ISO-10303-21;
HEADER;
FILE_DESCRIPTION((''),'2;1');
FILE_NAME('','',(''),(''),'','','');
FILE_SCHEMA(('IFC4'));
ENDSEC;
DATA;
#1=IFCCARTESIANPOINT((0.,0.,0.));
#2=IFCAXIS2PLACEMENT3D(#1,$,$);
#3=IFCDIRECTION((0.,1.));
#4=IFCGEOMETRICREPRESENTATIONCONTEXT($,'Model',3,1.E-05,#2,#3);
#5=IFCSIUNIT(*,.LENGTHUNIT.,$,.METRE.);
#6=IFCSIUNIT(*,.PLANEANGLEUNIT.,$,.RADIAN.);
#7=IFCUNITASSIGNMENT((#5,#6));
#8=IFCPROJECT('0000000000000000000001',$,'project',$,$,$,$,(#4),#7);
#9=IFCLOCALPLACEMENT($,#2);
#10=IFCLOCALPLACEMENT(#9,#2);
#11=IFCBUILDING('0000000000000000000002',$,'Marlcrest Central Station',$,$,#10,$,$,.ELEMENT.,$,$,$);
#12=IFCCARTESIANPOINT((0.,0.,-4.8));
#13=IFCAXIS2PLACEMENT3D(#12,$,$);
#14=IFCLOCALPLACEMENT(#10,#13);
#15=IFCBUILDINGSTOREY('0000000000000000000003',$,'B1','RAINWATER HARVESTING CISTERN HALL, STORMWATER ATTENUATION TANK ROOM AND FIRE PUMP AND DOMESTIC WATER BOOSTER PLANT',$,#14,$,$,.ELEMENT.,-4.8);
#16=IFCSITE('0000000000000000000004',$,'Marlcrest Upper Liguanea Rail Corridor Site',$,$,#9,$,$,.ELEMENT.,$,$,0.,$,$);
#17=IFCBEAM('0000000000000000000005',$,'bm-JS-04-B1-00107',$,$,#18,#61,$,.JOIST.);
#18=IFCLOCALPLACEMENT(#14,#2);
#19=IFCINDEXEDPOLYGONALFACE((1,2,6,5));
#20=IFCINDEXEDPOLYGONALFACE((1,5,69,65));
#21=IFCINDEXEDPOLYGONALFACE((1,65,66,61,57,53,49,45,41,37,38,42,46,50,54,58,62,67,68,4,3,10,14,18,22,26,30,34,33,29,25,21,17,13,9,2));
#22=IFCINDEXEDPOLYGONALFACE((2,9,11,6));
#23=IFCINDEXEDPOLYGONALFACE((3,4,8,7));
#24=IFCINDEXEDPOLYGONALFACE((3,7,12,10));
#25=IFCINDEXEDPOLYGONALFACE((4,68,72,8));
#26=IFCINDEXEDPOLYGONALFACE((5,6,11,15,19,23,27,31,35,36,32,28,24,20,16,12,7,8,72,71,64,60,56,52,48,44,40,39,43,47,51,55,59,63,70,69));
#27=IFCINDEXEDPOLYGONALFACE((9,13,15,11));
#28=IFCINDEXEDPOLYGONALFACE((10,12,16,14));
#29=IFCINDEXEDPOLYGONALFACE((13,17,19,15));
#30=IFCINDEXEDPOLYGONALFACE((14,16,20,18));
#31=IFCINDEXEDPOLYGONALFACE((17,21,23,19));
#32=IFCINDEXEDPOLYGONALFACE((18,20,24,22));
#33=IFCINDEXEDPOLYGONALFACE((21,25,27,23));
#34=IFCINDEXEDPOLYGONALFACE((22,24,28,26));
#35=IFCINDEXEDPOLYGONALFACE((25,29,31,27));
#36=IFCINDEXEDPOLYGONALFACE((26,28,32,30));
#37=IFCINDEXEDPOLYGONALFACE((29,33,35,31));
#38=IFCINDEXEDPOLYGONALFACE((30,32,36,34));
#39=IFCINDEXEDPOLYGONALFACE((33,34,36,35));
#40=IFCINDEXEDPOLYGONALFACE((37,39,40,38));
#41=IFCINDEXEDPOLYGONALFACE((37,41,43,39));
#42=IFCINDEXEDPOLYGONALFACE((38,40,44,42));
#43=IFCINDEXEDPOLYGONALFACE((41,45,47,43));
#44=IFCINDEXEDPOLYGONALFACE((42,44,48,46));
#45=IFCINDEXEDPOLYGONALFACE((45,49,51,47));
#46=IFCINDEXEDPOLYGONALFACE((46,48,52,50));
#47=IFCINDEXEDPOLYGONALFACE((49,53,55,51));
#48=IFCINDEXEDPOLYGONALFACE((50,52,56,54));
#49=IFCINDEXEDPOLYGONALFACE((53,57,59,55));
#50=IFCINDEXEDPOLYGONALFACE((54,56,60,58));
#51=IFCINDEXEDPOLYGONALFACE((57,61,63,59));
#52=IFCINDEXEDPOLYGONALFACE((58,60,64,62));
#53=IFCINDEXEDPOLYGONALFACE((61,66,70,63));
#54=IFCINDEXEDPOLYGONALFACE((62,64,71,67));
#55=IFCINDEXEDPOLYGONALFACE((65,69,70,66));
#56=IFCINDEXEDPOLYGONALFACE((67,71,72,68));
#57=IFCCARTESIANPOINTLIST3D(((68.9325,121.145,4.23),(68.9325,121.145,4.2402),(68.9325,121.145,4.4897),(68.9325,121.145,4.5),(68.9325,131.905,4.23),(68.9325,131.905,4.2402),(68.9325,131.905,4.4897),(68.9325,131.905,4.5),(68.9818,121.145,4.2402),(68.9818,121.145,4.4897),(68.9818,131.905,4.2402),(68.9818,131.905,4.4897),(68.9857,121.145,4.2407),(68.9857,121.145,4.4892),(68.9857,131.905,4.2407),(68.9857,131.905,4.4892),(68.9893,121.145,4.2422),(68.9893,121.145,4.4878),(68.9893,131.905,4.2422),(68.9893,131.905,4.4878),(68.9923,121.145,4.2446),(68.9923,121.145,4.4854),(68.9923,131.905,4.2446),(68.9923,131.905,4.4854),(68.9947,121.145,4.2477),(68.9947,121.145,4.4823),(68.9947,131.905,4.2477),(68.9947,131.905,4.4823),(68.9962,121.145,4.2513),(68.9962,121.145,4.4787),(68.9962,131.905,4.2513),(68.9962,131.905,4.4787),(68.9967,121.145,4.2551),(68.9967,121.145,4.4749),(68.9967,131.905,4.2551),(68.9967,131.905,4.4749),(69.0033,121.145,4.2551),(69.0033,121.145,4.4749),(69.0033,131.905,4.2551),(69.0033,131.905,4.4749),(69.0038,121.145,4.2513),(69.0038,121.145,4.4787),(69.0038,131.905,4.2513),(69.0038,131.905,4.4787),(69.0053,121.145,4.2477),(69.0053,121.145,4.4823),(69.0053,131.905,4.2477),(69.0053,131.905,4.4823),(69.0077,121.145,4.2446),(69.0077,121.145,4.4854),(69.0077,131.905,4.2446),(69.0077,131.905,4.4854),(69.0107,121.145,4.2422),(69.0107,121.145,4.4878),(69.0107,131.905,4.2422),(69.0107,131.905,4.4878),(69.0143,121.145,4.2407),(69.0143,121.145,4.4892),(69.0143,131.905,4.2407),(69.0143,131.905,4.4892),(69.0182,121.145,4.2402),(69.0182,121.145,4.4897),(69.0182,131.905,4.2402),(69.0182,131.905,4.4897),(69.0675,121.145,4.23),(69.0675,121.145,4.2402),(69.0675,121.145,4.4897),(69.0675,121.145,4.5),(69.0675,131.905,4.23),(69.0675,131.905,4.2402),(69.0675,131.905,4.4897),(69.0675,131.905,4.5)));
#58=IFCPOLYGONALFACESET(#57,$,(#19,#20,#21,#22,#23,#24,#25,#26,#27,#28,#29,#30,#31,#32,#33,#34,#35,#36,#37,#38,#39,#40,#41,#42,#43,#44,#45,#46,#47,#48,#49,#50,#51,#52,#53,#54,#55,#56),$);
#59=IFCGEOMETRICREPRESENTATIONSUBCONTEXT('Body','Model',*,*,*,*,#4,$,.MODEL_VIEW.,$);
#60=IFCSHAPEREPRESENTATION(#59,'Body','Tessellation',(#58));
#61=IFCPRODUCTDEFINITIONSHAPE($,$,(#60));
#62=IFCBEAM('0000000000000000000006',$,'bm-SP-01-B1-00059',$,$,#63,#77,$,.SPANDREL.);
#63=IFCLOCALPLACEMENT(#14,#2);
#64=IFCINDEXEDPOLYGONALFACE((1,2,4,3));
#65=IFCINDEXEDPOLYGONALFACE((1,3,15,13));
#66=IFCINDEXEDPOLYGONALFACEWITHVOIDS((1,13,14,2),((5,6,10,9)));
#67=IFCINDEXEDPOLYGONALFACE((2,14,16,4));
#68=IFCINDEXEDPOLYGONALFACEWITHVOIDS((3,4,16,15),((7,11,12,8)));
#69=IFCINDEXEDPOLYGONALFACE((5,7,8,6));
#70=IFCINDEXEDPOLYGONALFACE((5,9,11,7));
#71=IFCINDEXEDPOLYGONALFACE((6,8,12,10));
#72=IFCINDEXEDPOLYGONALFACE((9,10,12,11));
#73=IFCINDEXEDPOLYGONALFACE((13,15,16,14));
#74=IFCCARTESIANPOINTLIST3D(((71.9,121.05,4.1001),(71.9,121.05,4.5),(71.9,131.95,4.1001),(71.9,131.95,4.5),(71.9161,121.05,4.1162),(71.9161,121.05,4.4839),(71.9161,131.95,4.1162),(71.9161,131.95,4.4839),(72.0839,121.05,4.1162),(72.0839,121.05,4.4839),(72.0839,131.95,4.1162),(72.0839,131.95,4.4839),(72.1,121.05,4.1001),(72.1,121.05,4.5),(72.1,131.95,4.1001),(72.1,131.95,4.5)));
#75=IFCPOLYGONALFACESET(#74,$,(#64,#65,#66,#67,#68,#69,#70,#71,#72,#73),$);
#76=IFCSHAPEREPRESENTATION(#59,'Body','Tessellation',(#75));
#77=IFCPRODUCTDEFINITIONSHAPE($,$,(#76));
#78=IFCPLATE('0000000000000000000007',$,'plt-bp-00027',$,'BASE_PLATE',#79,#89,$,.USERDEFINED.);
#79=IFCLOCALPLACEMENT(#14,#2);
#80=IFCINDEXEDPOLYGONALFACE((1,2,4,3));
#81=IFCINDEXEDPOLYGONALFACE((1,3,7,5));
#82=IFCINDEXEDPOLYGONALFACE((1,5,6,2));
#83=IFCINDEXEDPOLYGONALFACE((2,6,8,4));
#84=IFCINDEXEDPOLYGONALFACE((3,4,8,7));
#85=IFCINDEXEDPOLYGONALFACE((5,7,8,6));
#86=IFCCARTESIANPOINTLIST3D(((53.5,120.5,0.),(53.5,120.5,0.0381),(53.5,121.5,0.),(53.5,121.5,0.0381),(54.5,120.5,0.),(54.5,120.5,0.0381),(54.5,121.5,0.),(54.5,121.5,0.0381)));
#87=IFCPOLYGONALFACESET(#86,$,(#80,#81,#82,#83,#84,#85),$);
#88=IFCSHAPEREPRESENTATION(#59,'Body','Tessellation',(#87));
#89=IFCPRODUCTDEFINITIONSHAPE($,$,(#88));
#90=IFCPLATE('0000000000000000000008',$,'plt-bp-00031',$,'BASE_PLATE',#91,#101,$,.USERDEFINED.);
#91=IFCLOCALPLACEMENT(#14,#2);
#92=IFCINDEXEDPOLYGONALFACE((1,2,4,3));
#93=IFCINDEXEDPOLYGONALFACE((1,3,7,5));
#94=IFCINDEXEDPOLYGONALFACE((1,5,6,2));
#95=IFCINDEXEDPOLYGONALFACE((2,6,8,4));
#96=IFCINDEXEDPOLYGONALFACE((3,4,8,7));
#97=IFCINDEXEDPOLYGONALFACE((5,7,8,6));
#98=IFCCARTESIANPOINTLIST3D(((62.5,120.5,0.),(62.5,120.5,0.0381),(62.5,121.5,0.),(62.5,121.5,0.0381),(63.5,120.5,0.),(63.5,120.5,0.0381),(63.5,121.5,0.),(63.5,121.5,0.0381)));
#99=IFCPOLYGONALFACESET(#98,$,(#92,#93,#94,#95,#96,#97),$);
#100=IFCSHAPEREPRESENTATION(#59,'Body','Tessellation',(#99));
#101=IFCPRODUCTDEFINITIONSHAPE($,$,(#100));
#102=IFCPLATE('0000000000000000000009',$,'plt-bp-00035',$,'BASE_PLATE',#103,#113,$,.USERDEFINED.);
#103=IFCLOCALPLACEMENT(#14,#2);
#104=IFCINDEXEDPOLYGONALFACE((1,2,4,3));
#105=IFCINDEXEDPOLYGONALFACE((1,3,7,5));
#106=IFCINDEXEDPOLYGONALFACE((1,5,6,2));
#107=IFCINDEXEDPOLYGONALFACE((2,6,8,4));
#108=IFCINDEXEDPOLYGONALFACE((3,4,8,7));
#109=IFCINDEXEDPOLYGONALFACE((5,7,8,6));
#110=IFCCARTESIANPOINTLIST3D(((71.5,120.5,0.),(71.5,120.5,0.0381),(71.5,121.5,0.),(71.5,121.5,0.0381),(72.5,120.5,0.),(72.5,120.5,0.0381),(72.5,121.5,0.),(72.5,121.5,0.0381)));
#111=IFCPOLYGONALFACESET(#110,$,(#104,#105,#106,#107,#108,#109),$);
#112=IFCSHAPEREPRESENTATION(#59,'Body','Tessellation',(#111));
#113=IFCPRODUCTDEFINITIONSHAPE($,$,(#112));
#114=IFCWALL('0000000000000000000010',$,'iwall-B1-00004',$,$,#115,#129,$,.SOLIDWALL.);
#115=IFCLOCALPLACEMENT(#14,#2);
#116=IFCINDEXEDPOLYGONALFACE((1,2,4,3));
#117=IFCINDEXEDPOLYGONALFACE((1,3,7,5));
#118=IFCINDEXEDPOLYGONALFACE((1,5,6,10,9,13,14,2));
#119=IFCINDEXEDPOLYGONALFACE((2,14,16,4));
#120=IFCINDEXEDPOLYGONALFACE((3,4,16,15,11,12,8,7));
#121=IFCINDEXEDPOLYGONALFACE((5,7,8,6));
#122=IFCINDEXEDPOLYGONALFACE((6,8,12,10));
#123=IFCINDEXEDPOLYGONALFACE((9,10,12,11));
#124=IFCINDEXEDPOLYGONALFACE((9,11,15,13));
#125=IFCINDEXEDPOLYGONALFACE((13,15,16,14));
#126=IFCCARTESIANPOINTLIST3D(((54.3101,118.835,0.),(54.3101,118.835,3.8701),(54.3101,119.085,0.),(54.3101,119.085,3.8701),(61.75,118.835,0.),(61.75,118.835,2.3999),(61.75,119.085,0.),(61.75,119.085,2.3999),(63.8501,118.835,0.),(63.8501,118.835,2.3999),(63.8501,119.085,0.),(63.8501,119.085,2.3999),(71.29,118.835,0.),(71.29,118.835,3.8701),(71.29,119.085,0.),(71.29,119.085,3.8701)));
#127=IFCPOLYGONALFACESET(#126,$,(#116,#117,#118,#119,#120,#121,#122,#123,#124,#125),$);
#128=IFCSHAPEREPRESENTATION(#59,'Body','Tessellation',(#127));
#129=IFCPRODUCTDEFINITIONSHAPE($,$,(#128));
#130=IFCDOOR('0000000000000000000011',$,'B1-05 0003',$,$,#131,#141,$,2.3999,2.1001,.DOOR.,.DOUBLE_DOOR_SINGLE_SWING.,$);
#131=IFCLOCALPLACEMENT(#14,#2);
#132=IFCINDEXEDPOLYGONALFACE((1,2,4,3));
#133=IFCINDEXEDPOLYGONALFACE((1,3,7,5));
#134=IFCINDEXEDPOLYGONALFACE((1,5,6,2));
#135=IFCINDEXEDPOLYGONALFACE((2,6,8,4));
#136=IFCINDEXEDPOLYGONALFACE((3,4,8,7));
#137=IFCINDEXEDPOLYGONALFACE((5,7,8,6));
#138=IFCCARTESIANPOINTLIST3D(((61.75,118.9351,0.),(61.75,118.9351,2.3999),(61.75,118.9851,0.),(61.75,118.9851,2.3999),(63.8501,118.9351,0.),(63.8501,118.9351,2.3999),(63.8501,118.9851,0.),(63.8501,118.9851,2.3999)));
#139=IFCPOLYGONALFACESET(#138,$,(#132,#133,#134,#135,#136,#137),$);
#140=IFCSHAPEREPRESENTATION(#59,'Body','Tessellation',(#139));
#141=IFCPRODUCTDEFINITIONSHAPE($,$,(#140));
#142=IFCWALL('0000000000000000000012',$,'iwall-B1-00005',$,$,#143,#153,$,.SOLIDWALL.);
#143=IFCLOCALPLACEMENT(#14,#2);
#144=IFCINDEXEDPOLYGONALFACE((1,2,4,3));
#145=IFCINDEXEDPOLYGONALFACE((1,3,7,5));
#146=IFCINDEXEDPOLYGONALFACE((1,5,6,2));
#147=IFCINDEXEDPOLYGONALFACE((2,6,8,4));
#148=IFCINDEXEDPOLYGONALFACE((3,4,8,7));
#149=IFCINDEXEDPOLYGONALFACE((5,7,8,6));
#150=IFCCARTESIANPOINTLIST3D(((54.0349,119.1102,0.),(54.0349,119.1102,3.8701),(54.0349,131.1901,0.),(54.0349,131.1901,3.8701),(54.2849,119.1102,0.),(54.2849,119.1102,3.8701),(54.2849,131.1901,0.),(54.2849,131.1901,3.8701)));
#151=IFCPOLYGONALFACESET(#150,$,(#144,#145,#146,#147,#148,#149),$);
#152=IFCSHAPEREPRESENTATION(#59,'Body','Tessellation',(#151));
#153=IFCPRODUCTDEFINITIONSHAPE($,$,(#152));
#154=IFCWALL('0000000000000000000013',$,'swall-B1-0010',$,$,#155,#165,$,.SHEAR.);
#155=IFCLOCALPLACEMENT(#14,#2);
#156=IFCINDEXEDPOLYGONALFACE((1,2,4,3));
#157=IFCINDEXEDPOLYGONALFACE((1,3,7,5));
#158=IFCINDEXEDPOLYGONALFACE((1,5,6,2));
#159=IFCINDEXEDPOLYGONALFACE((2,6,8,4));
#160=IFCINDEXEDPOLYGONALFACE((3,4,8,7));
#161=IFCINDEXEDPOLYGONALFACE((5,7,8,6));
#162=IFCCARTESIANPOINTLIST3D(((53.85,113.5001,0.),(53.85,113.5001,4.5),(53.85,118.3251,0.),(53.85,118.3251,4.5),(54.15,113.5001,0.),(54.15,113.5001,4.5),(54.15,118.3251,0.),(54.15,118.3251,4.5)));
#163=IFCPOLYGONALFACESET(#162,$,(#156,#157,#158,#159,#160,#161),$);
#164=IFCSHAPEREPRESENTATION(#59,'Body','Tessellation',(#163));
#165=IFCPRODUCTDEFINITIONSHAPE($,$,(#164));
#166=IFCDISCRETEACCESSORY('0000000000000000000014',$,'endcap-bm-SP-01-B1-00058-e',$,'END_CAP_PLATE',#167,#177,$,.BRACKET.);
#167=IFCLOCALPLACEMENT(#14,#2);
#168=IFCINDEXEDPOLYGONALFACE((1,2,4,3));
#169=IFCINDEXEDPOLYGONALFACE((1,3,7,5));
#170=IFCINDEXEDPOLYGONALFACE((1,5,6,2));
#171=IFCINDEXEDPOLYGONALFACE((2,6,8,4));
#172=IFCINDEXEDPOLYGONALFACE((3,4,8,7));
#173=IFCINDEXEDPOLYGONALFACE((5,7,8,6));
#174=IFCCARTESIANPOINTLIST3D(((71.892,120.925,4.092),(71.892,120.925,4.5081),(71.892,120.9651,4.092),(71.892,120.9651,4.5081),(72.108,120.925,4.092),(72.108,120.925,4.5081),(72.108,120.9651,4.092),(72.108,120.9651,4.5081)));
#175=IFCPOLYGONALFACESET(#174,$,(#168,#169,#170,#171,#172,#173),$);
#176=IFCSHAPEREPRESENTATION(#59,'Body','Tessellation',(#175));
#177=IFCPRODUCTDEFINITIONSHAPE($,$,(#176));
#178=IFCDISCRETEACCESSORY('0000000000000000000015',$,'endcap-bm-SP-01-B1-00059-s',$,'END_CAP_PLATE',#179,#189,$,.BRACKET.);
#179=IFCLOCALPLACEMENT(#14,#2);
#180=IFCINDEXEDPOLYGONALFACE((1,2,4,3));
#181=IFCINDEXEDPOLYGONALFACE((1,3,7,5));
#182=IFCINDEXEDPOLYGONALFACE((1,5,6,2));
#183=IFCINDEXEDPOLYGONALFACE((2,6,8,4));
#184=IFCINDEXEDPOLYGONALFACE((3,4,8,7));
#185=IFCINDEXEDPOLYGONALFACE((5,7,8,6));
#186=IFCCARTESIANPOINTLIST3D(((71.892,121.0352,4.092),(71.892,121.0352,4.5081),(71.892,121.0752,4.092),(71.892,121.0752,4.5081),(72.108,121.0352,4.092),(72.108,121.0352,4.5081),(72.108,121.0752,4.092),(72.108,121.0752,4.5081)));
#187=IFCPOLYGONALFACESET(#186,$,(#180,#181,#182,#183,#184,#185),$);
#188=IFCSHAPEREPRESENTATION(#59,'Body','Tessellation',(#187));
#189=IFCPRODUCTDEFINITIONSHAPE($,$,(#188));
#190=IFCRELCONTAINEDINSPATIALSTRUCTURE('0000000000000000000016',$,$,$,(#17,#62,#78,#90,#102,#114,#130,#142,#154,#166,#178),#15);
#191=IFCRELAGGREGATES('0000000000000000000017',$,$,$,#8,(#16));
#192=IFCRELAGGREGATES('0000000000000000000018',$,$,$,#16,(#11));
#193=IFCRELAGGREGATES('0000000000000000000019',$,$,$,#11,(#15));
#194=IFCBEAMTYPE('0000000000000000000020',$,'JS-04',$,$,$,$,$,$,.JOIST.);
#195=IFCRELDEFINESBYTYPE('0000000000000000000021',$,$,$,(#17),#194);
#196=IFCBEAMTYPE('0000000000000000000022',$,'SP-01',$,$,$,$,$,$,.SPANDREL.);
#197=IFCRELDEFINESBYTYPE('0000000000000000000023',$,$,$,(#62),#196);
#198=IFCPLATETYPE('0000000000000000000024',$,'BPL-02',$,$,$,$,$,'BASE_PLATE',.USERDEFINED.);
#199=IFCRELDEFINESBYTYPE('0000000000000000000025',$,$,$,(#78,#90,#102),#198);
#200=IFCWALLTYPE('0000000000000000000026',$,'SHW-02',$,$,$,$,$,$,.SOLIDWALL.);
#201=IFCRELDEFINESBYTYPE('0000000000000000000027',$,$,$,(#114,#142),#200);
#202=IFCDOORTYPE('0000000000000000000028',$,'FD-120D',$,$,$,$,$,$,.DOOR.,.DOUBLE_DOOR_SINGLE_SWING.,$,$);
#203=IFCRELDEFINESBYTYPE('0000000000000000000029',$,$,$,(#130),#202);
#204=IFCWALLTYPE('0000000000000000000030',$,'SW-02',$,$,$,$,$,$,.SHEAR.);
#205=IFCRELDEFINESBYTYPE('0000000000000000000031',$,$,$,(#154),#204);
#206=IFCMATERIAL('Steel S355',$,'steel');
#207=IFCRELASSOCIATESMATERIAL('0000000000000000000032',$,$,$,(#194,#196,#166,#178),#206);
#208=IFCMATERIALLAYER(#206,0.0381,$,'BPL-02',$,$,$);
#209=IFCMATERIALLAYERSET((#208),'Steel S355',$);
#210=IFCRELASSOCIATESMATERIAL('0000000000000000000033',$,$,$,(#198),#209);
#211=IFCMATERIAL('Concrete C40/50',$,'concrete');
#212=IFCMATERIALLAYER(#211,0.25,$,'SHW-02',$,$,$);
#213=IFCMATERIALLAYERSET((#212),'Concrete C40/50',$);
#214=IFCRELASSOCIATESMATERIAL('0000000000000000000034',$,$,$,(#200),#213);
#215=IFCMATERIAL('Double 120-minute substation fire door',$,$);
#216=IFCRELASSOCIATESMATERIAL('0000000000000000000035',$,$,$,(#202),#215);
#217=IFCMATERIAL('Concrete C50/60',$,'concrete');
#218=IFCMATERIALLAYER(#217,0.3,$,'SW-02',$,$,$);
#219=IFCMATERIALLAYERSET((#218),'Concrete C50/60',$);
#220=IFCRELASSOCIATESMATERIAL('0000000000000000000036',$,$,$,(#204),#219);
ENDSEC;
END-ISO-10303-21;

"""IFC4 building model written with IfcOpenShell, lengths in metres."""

from ifc_helpers import new_model, si_unit, direction, frame, frame_2d, origin, origin_2d, place, context, subcontext, project, spatial, rectangle, hollow_rectangle, i_section, extrude, material, layer, layer_set, material_profile, profile_set, type_object, element, fill, save


model = new_model("IFC4")

# Units and contexts
model_context = context("Model", 3, precision=1e-05, world=origin(), true_north=direction((0.0, 1.0)))
body_context = subcontext(model_context, "Body", "Model", "MODEL_VIEW")
ifc_project = project(units=[si_unit("LENGTHUNIT", "METRE"), si_unit("PLANEANGLEUNIT", "RADIAN")], contexts=[model_context])

# Site, building, storey
site_placement = place(None, origin())
site = spatial("IfcSite", under=ifc_project, at=site_placement, Name="Marlcrest Upper Liguanea Rail Corridor Site", CompositionType="ELEMENT", RefElevation=0.0)
building_placement = place(site_placement, origin())
building = spatial("IfcBuilding", under=site, at=building_placement, Name="Marlcrest Central Station", CompositionType="ELEMENT")
storey_placement = place(building_placement, frame((0.0, 0.0, -4.8)))
storey = spatial("IfcBuildingStorey", under=building, at=storey_placement, Name="B1", Description="RAINWATER HARVESTING CISTERN HALL, STORMWATER ATTENUATION TANK ROOM AND FIRE PUMP AND DOMESTIC WATER BOOSTER PLANT", CompositionType="ELEMENT", Elevation=-4.8)

# Shared definitions
ifc_material_1 = material(Name="Concrete C40/50", Category="concrete")

# Shared definitions
ifc_material_2 = material(Name="Steel S355", Category="steel")

# Beams
ifc_material_profile_1 = material_profile(ifc_material_2, i_section(OverallWidth=0.135, OverallDepth=0.27, WebThickness=0.0066, FlangeThickness=0.0103, FilletRadius=0.0149, at=origin_2d()), Name="IPE 270")
ifc_profile_set_1 = profile_set([ifc_material_profile_1], Name="Steel S355")
beam_type_1 = type_object("IfcBeamType", Name="JS-04", PredefinedType="JOIST", material=ifc_profile_set_1)
for number, where, z_axis, x_axis, name in (
    (1, (69.0, 121.145, 4.365), (0.0, 1.0, 0.0), (-1.0, 0.0, 0.0), "bm-JS-04-B1-00107"),
):
    element("IfcBeam", number, at=place(storey_placement, frame(where, z_axis=z_axis, x_axis=x_axis)), inside=storey, type_object=beam_type_1, Name=name, PredefinedType="JOIST", context=body_context, shape_type="SweptSolid", body=[
        extrude(i_section(OverallWidth=0.135, OverallDepth=0.27, WebThickness=0.0066, FlangeThickness=0.0103, FilletRadius=0.0149, at=origin_2d()), origin(), (0.0, 0.0, 1.0), 10.76),
    ])
ifc_material_profile_2 = material_profile(ifc_material_2, hollow_rectangle(XDim=0.2, YDim=0.3999, WallThickness=0.0161, at=origin_2d()), Name="RHS 400x200x16")
ifc_profile_set_2 = profile_set([ifc_material_profile_2], Name="Steel S355")
beam_type_2 = type_object("IfcBeamType", Name="SP-01", PredefinedType="SPANDREL", material=ifc_profile_set_2)
beam_placement = place(storey_placement, frame((72.0, 121.05, 4.3), z_axis=(0.0, 1.0, 0.0), x_axis=(-1.0, 0.0, 0.0)))
element("IfcBeam", 2, at=beam_placement, inside=storey, type_object=beam_type_2, Name="bm-SP-01-B1-00059", PredefinedType="SPANDREL", context=body_context, shape_type="SweptSolid", body=[
    extrude(hollow_rectangle(XDim=0.2, YDim=0.3999, WallThickness=0.0161, at=origin_2d()), origin(), (0.0, 0.0, 1.0), 10.8999),
])

# Plates
ifc_layer_1 = layer(ifc_material_2, 0.0381, Name="BPL-02")
ifc_layer_set_1 = layer_set([ifc_layer_1], Name="Steel S355")
plate_type = type_object("IfcPlateType", Name="BPL-02", ElementType="BASE_PLATE", PredefinedType="USERDEFINED", material=ifc_layer_set_1)
for number, where, z_axis, x_axis, name in (
    (3, (54.0, 121.0, 0.0), (0.0, 0.0, 1.0), (1.0, 0.0, 0.0), "plt-bp-00027"),
    (4, (63.0, 121.0, 0.0), (0.0, 0.0, 1.0), (1.0, 0.0, 0.0), "plt-bp-00031"),
    (5, (72.0, 121.0, 0.0), (0.0, 0.0, 1.0), (1.0, 0.0, 0.0), "plt-bp-00035"),
):
    element("IfcPlate", number, at=place(storey_placement, frame(where, z_axis=z_axis, x_axis=x_axis)), inside=storey, type_object=plate_type, Name=name, ObjectType="BASE_PLATE", PredefinedType="USERDEFINED", context=body_context, shape_type="SweptSolid", body=[
        extrude(rectangle(XDim=1.0, YDim=1.0, at=origin_2d()), origin(), (0.0, 0.0, 1.0), 0.0381),
    ])

# Wall, opening, door
ifc_layer_2 = layer(ifc_material_1, 0.25, Name="SHW-02")
ifc_layer_set_2 = layer_set([ifc_layer_2], Name="Concrete C40/50")
wall_type_1 = type_object("IfcWallType", Name="SHW-02", PredefinedType="SOLIDWALL", material=ifc_layer_set_2)
wall_1_placement = place(storey_placement, frame((71.29, 118.96, 0.0), z_axis=(0.0, 0.0, 1.0), x_axis=(-1.0, 0.0, 0.0)))
wall_1 = element("IfcWall", 6, at=wall_1_placement, inside=storey, type_object=wall_type_1, Name="iwall-B1-00004", PredefinedType="SOLIDWALL", context=body_context, shape_type="SweptSolid", body=[
    extrude(rectangle(XDim=16.98, YDim=0.25, at=frame_2d((8.49, 0.0))), origin(), (0.0, 0.0, 1.0), 3.8701),
])
opening_placement = place(wall_1_placement, frame((7.4399, 0.0, 0.0)))
opening = element("IfcOpeningElement", 7, at=opening_placement, cuts=wall_1, PredefinedType="OPENING", context=body_context, shape_type="SweptSolid", body=[
    extrude(rectangle(XDim=2.1001, YDim=2.3999, at=frame_2d((1.05, 1.2))), frame((0.0, 0.135, 0.0), z_axis=(0.0, -1.0, 0.0), x_axis=(1.0, 0.0, 0.0)), (0.0, 0.0, 1.0), 0.27),
])
ifc_material_3 = material(Name="Double 120-minute substation fire door")
door_type = type_object("IfcDoorType", Name="FD-120D", OperationType="DOUBLE_DOOR_SINGLE_SWING", PredefinedType="DOOR", material=ifc_material_3)
door_placement = place(opening_placement, origin())
door = element("IfcDoor", 8, at=door_placement, inside=storey, type_object=door_type, Name="B1-05 0003", OperationType="DOUBLE_DOOR_SINGLE_SWING", OverallHeight=2.3999, OverallWidth=2.1001, PredefinedType="DOOR", context=body_context, shape_type="SweptSolid", body=[
    extrude(rectangle(XDim=2.1001, YDim=2.3999, at=frame_2d((1.05, 1.2))), frame((0.0, 0.0249, 0.0), z_axis=(0.0, -1.0, 0.0), x_axis=(1.0, 0.0, 0.0)), (0.0, 0.0, 1.0), 0.05),
])
fill(opening, door)

# Walls
wall_2_placement = place(storey_placement, frame((54.1599, 119.1101, 0.0), z_axis=(0.0, 0.0, 1.0), x_axis=(0.0, 1.0, 0.0)))
element("IfcWall", 9, at=wall_2_placement, inside=storey, type_object=wall_type_1, Name="iwall-B1-00005", PredefinedType="SOLIDWALL", context=body_context, shape_type="SweptSolid", body=[
    extrude(rectangle(XDim=12.0798, YDim=0.25, at=frame_2d((6.04, 0.0))), origin(), (0.0, 0.0, 1.0), 3.8701),
])
ifc_material_4 = material(Name="Concrete C50/60", Category="concrete")
ifc_layer_3 = layer(ifc_material_4, 0.3, Name="SW-02")
ifc_layer_set_3 = layer_set([ifc_layer_3], Name="Concrete C50/60")
wall_type_2 = type_object("IfcWallType", Name="SW-02", PredefinedType="SHEAR", material=ifc_layer_set_3)
wall_3_placement = place(storey_placement, frame((54.0, 113.5, 0.0), z_axis=(0.0, 0.0, 1.0), x_axis=(0.0, 1.0, 0.0)))
element("IfcWall", 10, at=wall_3_placement, inside=storey, type_object=wall_type_2, Name="swall-B1-0010", PredefinedType="SHEAR", context=body_context, shape_type="SweptSolid", body=[
    extrude(rectangle(XDim=4.825, YDim=0.3, at=frame_2d((2.4126, 0.0))), origin(), (0.0, 0.0, 1.0), 4.5),
])

# Discrete accessories
for number, where, z_axis, x_axis, name in (
    (11, (72.0, 120.925, 4.3), (0.0, 1.0, 0.0), (-1.0, 0.0, 0.0), "endcap-bm-SP-01-B1-00058-e"),
    (12, (72.0, 121.0352, 4.3), (0.0, 1.0, 0.0), (-1.0, 0.0, 0.0), "endcap-bm-SP-01-B1-00059-s"),
):
    element("IfcDiscreteAccessory", number, at=place(storey_placement, frame(where, z_axis=z_axis, x_axis=x_axis)), inside=storey, material=ifc_material_2, Name=name, ObjectType="END_CAP_PLATE", PredefinedType="BRACKET", context=body_context, shape_type="SweptSolid", body=[
        extrude(rectangle(XDim=0.2161, YDim=0.416, at=origin_2d()), origin(), (0.0, 0.0, 1.0), 0.04),
    ])

save(model, "model.ifc")
